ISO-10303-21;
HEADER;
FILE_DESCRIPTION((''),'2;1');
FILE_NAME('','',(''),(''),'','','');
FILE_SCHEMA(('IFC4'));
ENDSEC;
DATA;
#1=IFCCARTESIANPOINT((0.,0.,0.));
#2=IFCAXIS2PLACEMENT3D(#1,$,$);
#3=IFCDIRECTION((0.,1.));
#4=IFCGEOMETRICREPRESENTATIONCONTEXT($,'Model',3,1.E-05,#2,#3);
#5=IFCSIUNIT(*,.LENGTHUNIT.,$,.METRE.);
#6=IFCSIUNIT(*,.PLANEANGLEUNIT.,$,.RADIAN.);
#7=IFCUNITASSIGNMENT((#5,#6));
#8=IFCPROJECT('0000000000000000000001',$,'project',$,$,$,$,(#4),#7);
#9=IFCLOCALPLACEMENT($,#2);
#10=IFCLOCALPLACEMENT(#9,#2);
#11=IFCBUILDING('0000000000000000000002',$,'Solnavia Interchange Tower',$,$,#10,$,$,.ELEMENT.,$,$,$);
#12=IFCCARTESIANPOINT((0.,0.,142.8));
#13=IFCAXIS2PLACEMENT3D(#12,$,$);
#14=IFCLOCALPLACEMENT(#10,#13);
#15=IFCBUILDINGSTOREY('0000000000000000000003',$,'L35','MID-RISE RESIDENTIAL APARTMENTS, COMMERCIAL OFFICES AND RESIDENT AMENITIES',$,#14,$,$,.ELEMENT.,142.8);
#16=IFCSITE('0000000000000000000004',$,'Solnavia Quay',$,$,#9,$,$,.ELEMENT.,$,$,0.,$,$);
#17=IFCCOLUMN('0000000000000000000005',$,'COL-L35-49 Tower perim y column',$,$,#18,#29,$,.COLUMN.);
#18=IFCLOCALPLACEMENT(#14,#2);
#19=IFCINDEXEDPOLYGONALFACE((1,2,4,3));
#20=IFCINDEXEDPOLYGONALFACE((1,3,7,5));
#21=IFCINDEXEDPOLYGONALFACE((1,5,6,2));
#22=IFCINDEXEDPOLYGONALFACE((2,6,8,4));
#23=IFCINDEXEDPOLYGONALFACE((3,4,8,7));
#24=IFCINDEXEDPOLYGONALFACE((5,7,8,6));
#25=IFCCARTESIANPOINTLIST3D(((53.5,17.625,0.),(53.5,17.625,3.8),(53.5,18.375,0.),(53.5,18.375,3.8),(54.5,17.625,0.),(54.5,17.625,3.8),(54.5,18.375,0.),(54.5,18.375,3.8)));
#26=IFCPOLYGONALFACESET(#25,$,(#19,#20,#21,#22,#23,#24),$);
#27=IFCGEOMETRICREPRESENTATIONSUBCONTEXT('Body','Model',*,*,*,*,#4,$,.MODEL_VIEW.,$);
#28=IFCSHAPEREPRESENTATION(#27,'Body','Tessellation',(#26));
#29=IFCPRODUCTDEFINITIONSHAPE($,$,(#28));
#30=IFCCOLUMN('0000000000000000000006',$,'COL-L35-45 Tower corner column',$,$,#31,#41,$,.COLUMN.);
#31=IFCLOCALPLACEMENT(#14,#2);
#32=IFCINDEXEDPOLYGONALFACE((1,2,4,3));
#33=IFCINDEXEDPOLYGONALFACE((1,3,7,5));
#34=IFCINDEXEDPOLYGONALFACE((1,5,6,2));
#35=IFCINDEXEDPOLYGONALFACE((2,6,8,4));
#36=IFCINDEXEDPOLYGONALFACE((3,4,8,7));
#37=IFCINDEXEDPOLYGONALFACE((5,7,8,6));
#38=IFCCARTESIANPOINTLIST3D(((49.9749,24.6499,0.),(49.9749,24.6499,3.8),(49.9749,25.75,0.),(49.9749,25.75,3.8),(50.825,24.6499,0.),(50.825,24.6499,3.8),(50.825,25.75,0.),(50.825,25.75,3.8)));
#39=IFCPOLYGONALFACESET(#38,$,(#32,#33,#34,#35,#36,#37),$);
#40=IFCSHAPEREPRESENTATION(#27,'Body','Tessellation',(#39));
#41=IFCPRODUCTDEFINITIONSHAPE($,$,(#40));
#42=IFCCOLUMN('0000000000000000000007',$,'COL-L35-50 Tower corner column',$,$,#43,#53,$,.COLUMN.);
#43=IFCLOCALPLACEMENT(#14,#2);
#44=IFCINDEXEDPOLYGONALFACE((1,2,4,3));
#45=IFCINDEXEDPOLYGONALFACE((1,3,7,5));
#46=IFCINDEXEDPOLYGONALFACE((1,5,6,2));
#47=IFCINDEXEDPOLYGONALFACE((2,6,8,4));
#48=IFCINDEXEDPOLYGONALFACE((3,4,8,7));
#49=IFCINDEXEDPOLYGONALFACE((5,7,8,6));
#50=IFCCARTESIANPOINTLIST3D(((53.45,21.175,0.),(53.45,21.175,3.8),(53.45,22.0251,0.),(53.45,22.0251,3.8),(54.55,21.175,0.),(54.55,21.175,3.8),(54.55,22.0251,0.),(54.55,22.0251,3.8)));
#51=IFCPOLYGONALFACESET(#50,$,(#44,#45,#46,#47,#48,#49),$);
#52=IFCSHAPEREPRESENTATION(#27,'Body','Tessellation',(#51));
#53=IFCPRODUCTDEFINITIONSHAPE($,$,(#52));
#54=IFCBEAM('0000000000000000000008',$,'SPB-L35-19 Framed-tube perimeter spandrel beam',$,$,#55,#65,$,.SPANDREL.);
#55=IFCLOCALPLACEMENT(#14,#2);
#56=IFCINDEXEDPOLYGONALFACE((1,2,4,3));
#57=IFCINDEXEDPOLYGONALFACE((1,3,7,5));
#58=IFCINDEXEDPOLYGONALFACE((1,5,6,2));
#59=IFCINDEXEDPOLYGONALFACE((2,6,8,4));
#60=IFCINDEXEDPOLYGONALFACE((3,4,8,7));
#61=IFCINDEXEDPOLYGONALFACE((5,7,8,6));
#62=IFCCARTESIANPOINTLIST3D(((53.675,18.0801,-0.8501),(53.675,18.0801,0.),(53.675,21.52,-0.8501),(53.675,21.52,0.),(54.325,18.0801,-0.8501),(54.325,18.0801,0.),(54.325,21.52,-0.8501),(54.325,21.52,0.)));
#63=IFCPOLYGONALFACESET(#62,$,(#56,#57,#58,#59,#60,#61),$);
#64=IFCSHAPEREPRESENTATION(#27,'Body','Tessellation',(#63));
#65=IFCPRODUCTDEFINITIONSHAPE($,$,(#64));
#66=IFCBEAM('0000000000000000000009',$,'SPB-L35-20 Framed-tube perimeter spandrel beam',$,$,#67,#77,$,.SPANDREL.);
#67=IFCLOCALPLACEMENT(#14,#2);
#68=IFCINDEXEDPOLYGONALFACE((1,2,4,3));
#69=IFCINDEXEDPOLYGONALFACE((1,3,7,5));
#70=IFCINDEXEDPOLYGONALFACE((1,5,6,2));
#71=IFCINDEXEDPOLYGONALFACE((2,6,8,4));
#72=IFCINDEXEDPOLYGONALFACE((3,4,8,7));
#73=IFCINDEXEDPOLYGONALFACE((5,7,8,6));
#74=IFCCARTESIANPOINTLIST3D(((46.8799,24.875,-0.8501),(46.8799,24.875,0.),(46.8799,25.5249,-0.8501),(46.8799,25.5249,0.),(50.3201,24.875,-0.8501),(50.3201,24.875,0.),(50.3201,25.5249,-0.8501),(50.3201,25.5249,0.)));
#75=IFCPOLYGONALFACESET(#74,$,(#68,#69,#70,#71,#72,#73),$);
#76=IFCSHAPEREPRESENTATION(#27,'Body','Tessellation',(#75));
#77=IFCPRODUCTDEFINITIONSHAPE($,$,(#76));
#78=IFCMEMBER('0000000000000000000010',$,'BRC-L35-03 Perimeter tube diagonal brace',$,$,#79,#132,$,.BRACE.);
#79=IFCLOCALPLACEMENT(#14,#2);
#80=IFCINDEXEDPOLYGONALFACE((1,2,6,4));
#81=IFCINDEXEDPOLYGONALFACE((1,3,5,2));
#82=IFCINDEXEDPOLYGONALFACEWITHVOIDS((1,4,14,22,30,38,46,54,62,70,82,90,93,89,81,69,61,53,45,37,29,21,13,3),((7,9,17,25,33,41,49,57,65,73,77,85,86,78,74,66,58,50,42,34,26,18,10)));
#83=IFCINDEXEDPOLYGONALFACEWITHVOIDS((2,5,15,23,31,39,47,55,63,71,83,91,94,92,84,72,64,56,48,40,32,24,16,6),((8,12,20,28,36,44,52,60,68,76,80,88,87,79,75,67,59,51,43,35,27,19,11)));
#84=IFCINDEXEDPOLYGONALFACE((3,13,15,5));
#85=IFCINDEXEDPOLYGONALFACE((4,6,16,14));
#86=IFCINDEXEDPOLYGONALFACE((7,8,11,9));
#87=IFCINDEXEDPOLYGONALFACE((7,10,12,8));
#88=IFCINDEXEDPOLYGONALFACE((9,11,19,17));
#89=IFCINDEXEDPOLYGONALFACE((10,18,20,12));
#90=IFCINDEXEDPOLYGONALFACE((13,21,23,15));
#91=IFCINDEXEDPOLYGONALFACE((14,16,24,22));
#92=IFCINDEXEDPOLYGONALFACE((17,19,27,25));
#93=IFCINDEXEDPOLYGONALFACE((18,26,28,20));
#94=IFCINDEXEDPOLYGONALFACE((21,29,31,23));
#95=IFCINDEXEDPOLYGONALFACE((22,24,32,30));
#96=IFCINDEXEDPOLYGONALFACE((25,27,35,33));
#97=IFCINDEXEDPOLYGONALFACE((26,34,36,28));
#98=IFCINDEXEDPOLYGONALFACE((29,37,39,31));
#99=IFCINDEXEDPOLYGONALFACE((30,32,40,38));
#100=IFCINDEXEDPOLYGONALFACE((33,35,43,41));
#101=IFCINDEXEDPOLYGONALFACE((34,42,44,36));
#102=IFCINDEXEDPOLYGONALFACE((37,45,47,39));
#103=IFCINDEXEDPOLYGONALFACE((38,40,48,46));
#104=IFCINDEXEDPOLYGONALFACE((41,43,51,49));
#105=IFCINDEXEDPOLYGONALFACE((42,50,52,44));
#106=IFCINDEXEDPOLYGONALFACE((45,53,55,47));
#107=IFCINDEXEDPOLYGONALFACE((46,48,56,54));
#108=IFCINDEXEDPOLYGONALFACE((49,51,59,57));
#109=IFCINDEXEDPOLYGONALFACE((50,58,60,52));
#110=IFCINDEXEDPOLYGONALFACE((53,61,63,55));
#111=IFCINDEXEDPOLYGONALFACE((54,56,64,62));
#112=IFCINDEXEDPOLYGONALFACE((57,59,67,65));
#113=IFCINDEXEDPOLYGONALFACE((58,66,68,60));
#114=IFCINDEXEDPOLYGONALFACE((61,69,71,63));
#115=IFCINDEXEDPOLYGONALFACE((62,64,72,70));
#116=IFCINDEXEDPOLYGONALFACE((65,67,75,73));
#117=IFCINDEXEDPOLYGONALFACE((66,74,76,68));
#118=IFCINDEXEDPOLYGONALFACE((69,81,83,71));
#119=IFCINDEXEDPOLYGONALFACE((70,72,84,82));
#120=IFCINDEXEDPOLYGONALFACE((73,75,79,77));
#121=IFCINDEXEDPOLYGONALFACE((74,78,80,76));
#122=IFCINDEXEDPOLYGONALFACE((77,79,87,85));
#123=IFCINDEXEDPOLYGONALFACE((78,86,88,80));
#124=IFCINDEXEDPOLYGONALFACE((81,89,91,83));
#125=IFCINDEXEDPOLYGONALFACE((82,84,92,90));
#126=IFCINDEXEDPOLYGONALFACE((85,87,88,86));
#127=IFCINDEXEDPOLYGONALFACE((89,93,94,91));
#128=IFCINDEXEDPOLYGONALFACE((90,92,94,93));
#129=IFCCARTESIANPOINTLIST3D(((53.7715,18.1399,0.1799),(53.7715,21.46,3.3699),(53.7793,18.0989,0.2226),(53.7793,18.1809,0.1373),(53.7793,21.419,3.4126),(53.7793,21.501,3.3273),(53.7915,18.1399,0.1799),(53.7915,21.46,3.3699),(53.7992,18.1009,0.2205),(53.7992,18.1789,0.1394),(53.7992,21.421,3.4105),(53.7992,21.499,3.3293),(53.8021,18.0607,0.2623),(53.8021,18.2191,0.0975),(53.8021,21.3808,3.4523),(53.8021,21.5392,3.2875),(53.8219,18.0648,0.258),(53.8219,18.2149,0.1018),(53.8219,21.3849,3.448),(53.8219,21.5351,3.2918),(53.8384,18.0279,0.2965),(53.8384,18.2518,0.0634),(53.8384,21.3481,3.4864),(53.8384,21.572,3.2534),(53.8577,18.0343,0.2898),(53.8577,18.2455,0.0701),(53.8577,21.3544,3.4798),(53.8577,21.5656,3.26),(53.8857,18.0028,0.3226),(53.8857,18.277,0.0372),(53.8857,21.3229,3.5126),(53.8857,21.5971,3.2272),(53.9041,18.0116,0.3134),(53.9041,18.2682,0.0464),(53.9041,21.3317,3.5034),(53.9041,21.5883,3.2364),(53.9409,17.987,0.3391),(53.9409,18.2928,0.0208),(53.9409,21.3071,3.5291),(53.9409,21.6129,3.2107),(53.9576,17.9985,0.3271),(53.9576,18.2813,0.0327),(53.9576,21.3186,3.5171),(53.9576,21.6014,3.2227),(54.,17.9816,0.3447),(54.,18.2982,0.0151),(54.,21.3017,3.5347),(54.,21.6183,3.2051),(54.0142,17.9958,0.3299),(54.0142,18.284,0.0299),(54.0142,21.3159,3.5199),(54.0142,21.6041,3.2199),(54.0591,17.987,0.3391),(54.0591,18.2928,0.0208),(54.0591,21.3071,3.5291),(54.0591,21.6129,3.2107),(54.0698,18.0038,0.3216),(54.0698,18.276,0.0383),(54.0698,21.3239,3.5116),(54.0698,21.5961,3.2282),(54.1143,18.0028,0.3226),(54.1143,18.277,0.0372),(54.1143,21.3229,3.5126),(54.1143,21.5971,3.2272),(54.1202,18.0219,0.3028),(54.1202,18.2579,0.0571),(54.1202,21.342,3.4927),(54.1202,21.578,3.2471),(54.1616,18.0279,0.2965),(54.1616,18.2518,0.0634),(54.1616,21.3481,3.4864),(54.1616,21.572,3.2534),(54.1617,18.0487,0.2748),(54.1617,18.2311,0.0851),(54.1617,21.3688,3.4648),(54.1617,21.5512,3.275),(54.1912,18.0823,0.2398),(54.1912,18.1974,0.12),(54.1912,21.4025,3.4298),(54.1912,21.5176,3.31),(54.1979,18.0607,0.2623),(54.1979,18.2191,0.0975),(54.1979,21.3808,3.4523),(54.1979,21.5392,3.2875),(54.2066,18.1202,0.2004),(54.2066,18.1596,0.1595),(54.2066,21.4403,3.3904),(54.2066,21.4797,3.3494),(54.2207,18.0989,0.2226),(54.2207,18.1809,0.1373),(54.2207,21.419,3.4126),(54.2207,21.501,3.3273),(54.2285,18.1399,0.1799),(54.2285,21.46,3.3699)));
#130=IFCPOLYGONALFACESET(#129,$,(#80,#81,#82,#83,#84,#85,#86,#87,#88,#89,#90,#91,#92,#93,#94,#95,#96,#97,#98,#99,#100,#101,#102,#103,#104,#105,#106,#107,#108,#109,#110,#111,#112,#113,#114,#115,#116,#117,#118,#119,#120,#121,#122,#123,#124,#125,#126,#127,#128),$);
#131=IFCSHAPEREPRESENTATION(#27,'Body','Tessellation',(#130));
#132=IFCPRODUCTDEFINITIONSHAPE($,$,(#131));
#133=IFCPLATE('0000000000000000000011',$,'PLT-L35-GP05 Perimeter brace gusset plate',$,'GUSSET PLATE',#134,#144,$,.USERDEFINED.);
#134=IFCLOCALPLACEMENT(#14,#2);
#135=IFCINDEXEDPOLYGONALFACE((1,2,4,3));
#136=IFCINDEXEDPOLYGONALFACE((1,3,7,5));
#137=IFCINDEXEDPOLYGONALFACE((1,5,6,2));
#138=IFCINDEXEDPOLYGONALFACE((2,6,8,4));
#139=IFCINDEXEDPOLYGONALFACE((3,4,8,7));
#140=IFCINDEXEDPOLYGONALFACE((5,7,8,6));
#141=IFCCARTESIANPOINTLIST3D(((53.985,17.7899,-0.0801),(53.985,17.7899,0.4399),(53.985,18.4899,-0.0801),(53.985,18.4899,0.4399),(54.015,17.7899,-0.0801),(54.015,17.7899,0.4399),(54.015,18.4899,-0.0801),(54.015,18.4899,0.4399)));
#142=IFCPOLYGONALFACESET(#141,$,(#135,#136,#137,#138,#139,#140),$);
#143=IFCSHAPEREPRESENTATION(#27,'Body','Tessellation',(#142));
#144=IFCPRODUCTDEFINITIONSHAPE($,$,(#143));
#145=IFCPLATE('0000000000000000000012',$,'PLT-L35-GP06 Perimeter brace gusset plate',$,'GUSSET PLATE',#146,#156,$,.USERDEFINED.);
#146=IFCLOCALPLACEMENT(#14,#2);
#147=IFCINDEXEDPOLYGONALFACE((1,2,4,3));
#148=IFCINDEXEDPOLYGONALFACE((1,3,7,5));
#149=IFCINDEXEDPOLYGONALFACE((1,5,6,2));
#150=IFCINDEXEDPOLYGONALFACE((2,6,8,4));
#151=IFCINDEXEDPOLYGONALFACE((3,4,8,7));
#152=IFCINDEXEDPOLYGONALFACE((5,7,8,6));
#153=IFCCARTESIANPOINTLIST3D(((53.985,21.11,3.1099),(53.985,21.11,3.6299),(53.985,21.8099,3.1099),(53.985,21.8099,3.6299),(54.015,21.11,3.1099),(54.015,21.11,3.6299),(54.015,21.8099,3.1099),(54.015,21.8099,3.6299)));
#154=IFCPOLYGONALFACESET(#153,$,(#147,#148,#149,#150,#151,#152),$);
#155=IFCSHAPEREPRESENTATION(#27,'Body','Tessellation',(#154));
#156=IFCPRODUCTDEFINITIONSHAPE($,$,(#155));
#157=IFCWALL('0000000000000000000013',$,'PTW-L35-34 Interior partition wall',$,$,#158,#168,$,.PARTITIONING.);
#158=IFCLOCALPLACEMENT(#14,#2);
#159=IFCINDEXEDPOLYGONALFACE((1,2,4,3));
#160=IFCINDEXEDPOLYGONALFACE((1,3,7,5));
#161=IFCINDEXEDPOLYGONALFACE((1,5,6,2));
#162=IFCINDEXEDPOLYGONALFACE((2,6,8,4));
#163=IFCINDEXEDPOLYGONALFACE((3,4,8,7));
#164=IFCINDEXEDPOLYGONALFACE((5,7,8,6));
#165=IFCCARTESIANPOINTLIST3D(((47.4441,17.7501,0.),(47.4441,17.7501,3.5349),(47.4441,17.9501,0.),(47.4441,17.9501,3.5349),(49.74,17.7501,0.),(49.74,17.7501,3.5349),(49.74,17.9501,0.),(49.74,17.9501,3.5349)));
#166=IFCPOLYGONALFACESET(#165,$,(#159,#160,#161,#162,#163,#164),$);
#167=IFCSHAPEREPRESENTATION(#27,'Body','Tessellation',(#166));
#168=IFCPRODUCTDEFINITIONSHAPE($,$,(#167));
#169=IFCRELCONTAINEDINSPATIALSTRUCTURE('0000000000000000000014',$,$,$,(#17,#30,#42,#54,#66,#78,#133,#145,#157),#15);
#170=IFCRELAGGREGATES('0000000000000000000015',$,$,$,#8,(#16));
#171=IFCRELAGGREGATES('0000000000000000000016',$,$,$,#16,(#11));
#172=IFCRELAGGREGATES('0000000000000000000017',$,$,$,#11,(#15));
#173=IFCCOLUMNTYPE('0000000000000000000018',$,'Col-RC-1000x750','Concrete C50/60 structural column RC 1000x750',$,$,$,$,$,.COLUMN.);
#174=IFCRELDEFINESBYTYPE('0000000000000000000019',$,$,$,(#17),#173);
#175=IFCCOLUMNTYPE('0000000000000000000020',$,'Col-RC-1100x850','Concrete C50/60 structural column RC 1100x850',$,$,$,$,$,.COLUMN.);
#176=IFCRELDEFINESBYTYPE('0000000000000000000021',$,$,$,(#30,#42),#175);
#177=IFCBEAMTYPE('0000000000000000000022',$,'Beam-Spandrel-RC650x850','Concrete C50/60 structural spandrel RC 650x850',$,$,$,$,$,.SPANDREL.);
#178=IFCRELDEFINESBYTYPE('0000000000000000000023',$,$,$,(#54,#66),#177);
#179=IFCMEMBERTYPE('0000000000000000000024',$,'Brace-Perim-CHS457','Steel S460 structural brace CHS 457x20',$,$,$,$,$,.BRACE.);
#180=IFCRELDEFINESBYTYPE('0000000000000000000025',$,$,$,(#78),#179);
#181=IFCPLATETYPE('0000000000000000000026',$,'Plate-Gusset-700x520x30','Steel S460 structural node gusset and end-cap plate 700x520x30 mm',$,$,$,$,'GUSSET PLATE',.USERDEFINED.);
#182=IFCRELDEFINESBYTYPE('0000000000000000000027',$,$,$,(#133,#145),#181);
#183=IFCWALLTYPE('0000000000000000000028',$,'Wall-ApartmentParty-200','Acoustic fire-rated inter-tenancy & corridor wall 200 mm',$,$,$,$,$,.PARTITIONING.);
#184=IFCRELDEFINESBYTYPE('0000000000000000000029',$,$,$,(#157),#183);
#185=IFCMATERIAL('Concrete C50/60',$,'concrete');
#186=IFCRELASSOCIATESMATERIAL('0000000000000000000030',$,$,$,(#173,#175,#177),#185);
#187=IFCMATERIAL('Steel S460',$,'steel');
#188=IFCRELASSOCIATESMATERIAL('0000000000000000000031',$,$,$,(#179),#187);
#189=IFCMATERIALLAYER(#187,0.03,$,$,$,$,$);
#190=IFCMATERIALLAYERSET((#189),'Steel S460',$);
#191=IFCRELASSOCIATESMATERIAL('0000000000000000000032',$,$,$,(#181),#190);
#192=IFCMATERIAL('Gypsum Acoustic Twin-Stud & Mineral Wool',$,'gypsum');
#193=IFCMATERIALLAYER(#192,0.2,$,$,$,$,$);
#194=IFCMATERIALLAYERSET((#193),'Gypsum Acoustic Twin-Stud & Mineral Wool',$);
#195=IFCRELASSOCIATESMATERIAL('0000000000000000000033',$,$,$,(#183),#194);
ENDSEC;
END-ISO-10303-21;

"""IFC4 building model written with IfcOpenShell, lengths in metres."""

from ifc_helpers import new_model, si_unit, direction, frame, frame_2d, origin, origin_2d, place, context, subcontext, project, spatial, rectangle, hollow_circle, extrude, material, layer, layer_set, material_profile, profile_set, type_object, element, save


model = new_model("IFC4")

# Units and contexts
model_context = context("Model", 3, precision=1e-05, world=origin(), true_north=direction((0.0, 1.0)))
body_context = subcontext(model_context, "Body", "Model", "MODEL_VIEW")
ifc_project = project(units=[si_unit("LENGTHUNIT", "METRE"), si_unit("PLANEANGLEUNIT", "RADIAN")], contexts=[model_context])

# Site, building, storey
site_placement = place(None, origin())
site = spatial("IfcSite", under=ifc_project, at=site_placement, Name="Solnavia Quay", CompositionType="ELEMENT", RefElevation=0.0)
building_placement = place(site_placement, origin())
building = spatial("IfcBuilding", under=site, at=building_placement, Name="Solnavia Interchange Tower", CompositionType="ELEMENT")
storey_placement = place(building_placement, frame((0.0, 0.0, 142.8)))
storey = spatial("IfcBuildingStorey", under=building, at=storey_placement, Name="L35", Description="MID-RISE RESIDENTIAL APARTMENTS, COMMERCIAL OFFICES AND RESIDENT AMENITIES", CompositionType="ELEMENT", Elevation=142.8)

# Columns
ifc_material_1 = material(Name="Concrete C50/60", Category="concrete")
ifc_material_profile_1 = material_profile(ifc_material_1, rectangle(XDim=0.75, YDim=1.0, at=origin_2d()), Name="RC 1000x750")
ifc_profile_set_1 = profile_set([ifc_material_profile_1], Name="Concrete C50/60")
column_type_1 = type_object("IfcColumnType", Name="Col-RC-1000x750", Description="Concrete C50/60 structural column RC 1000x750", PredefinedType="COLUMN", material=ifc_profile_set_1)
column_placement = place(storey_placement, frame((54.0, 18.0, 0.0), z_axis=(0.0, 0.0, 1.0), x_axis=(0.0, 1.0, 0.0)))
element("IfcColumn", 1, at=column_placement, inside=storey, type_object=column_type_1, Name="COL-L35-49 Tower perim y column", PredefinedType="COLUMN", context=body_context, shape_type="SweptSolid", body=[
    extrude(rectangle(XDim=0.75, YDim=1.0, at=origin_2d()), origin(), (0.0, 0.0, 1.0), 3.8),
])
ifc_material_profile_2 = material_profile(ifc_material_1, rectangle(XDim=0.8501, YDim=1.1001, at=origin_2d()), Name="RC 1100x850")
ifc_profile_set_2 = profile_set([ifc_material_profile_2], Name="Concrete C50/60")
column_type_2 = type_object("IfcColumnType", Name="Col-RC-1100x850", Description="Concrete C50/60 structural column RC 1100x850", PredefinedType="COLUMN", material=ifc_profile_set_2)
for number, where, z_axis, x_axis, name in (
    (2, (50.3999, 25.2, 0.0), (0.0, 0.0, 1.0), (1.0, 0.0, 0.0), "COL-L35-45 Tower corner column"),
    (3, (54.0, 21.6001, 0.0), (0.0, 0.0, 1.0), (0.0, 1.0, 0.0), "COL-L35-50 Tower corner column"),
):
    element("IfcColumn", number, at=place(storey_placement, frame(where, z_axis=z_axis, x_axis=x_axis)), inside=storey, type_object=column_type_2, Name=name, PredefinedType="COLUMN", context=body_context, shape_type="SweptSolid", body=[
        extrude(rectangle(XDim=0.8501, YDim=1.1001, at=origin_2d()), origin(), (0.0, 0.0, 1.0), 3.8),
    ])

# Beams
ifc_material_profile_3 = material_profile(ifc_material_1, rectangle(XDim=0.6499, YDim=0.8501, at=origin_2d()), Name="RC 650x850")
ifc_profile_set_3 = profile_set([ifc_material_profile_3], Name="Concrete C50/60")
beam_type = type_object("IfcBeamType", Name="Beam-Spandrel-RC650x850", Description="Concrete C50/60 structural spandrel RC 650x850", PredefinedType="SPANDREL", material=ifc_profile_set_3)
beam_1_placement = place(storey_placement, frame((54.0, 18.0801, -0.425), z_axis=(0.0, 1.0, 0.0), x_axis=(-1.0, 0.0, 0.0)))
element("IfcBeam", 4, at=beam_1_placement, inside=storey, type_object=beam_type, Name="SPB-L35-19 Framed-tube perimeter spandrel beam", PredefinedType="SPANDREL", context=body_context, shape_type="SweptSolid", body=[
    extrude(rectangle(XDim=0.6499, YDim=0.8501, at=origin_2d()), origin(), (0.0, 0.0, 1.0), 3.4399),
])
beam_2_placement = place(storey_placement, frame((50.3201, 25.2, -0.425), z_axis=(-1.0, 0.0, 0.0), x_axis=(0.0, -1.0, 0.0)))
element("IfcBeam", 5, at=beam_2_placement, inside=storey, type_object=beam_type, Name="SPB-L35-20 Framed-tube perimeter spandrel beam", PredefinedType="SPANDREL", context=body_context, shape_type="SweptSolid", body=[
    extrude(rectangle(XDim=0.6499, YDim=0.8501, at=origin_2d()), origin(), (0.0, 0.0, 1.0), 3.4402),
])

# Member
ifc_material_2 = material(Name="Steel S460", Category="steel")
ifc_material_profile_4 = material_profile(ifc_material_2, hollow_circle(Radius=0.2285, WallThickness=0.02, at=origin_2d()), Name="CHS 457x20")
ifc_profile_set_4 = profile_set([ifc_material_profile_4], Name="Steel S460")
member_type = type_object("IfcMemberType", Name="Brace-Perim-CHS457", Description="Steel S460 structural brace CHS 457x20", PredefinedType="BRACE", material=ifc_profile_set_4)
member_placement = place(storey_placement, frame((54.0, 18.1399, 0.1799), z_axis=(0.0, 0.721097, 0.692834), x_axis=(-1.0, 0.0, 0.0)))
element("IfcMember", 6, at=member_placement, inside=storey, type_object=member_type, Name="BRC-L35-03 Perimeter tube diagonal brace", PredefinedType="BRACE", context=body_context, shape_type="SweptSolid", body=[
    extrude(hollow_circle(Radius=0.2285, WallThickness=0.02, at=origin_2d()), origin(), (0.0, 0.0, 1.0), 4.6042),
])

# Plates
ifc_layer_1 = layer(ifc_material_2, 0.03)
ifc_layer_set_1 = layer_set([ifc_layer_1], Name="Steel S460")
plate_type = type_object("IfcPlateType", Name="Plate-Gusset-700x520x30", Description="Steel S460 structural node gusset and end-cap plate 700x520x30 mm", ElementType="GUSSET PLATE", PredefinedType="USERDEFINED", material=ifc_layer_set_1)
for number, where, z_axis, x_axis, name in (
    (7, (54.0, 18.1399, -0.0801), (0.0, 0.0, 1.0), (0.0, 1.0, 0.0), "PLT-L35-GP05 Perimeter brace gusset plate"),
    (8, (54.0, 21.46, 3.1099), (0.0, 0.0, 1.0), (0.0, 1.0, 0.0), "PLT-L35-GP06 Perimeter brace gusset plate"),
):
    element("IfcPlate", number, at=place(storey_placement, frame(where, z_axis=z_axis, x_axis=x_axis)), inside=storey, type_object=plate_type, Name=name, ObjectType="GUSSET PLATE", PredefinedType="USERDEFINED", context=body_context, shape_type="SweptSolid", body=[
        extrude(rectangle(XDim=0.7, YDim=0.03, at=origin_2d()), origin(), (0.0, 0.0, 1.0), 0.52),
    ])

# Wall
ifc_material_3 = material(Name="Gypsum Acoustic Twin-Stud & Mineral Wool", Category="gypsum")
ifc_layer_2 = layer(ifc_material_3, 0.2)
ifc_layer_set_2 = layer_set([ifc_layer_2], Name="Gypsum Acoustic Twin-Stud & Mineral Wool")
wall_type_1 = type_object("IfcWallType", Name="Wall-ApartmentParty-200", Description="Acoustic fire-rated inter-tenancy & corridor wall 200 mm", PredefinedType="PARTITIONING", material=ifc_layer_set_2)
wall_1_placement = place(storey_placement, frame((47.4441, 17.8501, 0.0), z_axis=(0.0, 0.0, 1.0), x_axis=(1.0, 0.0, 0.0)))
element("IfcWall", 9, at=wall_1_placement, inside=storey, type_object=wall_type_1, Name="PTW-L35-34 Interior partition wall", PredefinedType="PARTITIONING", context=body_context, shape_type="SweptSolid", body=[
    extrude(rectangle(XDim=2.2959, YDim=0.2, at=frame_2d((1.1479, 0.0))), origin(), (0.0, 0.0, 1.0), 3.5349),
])

save(model, "model.ifc")
